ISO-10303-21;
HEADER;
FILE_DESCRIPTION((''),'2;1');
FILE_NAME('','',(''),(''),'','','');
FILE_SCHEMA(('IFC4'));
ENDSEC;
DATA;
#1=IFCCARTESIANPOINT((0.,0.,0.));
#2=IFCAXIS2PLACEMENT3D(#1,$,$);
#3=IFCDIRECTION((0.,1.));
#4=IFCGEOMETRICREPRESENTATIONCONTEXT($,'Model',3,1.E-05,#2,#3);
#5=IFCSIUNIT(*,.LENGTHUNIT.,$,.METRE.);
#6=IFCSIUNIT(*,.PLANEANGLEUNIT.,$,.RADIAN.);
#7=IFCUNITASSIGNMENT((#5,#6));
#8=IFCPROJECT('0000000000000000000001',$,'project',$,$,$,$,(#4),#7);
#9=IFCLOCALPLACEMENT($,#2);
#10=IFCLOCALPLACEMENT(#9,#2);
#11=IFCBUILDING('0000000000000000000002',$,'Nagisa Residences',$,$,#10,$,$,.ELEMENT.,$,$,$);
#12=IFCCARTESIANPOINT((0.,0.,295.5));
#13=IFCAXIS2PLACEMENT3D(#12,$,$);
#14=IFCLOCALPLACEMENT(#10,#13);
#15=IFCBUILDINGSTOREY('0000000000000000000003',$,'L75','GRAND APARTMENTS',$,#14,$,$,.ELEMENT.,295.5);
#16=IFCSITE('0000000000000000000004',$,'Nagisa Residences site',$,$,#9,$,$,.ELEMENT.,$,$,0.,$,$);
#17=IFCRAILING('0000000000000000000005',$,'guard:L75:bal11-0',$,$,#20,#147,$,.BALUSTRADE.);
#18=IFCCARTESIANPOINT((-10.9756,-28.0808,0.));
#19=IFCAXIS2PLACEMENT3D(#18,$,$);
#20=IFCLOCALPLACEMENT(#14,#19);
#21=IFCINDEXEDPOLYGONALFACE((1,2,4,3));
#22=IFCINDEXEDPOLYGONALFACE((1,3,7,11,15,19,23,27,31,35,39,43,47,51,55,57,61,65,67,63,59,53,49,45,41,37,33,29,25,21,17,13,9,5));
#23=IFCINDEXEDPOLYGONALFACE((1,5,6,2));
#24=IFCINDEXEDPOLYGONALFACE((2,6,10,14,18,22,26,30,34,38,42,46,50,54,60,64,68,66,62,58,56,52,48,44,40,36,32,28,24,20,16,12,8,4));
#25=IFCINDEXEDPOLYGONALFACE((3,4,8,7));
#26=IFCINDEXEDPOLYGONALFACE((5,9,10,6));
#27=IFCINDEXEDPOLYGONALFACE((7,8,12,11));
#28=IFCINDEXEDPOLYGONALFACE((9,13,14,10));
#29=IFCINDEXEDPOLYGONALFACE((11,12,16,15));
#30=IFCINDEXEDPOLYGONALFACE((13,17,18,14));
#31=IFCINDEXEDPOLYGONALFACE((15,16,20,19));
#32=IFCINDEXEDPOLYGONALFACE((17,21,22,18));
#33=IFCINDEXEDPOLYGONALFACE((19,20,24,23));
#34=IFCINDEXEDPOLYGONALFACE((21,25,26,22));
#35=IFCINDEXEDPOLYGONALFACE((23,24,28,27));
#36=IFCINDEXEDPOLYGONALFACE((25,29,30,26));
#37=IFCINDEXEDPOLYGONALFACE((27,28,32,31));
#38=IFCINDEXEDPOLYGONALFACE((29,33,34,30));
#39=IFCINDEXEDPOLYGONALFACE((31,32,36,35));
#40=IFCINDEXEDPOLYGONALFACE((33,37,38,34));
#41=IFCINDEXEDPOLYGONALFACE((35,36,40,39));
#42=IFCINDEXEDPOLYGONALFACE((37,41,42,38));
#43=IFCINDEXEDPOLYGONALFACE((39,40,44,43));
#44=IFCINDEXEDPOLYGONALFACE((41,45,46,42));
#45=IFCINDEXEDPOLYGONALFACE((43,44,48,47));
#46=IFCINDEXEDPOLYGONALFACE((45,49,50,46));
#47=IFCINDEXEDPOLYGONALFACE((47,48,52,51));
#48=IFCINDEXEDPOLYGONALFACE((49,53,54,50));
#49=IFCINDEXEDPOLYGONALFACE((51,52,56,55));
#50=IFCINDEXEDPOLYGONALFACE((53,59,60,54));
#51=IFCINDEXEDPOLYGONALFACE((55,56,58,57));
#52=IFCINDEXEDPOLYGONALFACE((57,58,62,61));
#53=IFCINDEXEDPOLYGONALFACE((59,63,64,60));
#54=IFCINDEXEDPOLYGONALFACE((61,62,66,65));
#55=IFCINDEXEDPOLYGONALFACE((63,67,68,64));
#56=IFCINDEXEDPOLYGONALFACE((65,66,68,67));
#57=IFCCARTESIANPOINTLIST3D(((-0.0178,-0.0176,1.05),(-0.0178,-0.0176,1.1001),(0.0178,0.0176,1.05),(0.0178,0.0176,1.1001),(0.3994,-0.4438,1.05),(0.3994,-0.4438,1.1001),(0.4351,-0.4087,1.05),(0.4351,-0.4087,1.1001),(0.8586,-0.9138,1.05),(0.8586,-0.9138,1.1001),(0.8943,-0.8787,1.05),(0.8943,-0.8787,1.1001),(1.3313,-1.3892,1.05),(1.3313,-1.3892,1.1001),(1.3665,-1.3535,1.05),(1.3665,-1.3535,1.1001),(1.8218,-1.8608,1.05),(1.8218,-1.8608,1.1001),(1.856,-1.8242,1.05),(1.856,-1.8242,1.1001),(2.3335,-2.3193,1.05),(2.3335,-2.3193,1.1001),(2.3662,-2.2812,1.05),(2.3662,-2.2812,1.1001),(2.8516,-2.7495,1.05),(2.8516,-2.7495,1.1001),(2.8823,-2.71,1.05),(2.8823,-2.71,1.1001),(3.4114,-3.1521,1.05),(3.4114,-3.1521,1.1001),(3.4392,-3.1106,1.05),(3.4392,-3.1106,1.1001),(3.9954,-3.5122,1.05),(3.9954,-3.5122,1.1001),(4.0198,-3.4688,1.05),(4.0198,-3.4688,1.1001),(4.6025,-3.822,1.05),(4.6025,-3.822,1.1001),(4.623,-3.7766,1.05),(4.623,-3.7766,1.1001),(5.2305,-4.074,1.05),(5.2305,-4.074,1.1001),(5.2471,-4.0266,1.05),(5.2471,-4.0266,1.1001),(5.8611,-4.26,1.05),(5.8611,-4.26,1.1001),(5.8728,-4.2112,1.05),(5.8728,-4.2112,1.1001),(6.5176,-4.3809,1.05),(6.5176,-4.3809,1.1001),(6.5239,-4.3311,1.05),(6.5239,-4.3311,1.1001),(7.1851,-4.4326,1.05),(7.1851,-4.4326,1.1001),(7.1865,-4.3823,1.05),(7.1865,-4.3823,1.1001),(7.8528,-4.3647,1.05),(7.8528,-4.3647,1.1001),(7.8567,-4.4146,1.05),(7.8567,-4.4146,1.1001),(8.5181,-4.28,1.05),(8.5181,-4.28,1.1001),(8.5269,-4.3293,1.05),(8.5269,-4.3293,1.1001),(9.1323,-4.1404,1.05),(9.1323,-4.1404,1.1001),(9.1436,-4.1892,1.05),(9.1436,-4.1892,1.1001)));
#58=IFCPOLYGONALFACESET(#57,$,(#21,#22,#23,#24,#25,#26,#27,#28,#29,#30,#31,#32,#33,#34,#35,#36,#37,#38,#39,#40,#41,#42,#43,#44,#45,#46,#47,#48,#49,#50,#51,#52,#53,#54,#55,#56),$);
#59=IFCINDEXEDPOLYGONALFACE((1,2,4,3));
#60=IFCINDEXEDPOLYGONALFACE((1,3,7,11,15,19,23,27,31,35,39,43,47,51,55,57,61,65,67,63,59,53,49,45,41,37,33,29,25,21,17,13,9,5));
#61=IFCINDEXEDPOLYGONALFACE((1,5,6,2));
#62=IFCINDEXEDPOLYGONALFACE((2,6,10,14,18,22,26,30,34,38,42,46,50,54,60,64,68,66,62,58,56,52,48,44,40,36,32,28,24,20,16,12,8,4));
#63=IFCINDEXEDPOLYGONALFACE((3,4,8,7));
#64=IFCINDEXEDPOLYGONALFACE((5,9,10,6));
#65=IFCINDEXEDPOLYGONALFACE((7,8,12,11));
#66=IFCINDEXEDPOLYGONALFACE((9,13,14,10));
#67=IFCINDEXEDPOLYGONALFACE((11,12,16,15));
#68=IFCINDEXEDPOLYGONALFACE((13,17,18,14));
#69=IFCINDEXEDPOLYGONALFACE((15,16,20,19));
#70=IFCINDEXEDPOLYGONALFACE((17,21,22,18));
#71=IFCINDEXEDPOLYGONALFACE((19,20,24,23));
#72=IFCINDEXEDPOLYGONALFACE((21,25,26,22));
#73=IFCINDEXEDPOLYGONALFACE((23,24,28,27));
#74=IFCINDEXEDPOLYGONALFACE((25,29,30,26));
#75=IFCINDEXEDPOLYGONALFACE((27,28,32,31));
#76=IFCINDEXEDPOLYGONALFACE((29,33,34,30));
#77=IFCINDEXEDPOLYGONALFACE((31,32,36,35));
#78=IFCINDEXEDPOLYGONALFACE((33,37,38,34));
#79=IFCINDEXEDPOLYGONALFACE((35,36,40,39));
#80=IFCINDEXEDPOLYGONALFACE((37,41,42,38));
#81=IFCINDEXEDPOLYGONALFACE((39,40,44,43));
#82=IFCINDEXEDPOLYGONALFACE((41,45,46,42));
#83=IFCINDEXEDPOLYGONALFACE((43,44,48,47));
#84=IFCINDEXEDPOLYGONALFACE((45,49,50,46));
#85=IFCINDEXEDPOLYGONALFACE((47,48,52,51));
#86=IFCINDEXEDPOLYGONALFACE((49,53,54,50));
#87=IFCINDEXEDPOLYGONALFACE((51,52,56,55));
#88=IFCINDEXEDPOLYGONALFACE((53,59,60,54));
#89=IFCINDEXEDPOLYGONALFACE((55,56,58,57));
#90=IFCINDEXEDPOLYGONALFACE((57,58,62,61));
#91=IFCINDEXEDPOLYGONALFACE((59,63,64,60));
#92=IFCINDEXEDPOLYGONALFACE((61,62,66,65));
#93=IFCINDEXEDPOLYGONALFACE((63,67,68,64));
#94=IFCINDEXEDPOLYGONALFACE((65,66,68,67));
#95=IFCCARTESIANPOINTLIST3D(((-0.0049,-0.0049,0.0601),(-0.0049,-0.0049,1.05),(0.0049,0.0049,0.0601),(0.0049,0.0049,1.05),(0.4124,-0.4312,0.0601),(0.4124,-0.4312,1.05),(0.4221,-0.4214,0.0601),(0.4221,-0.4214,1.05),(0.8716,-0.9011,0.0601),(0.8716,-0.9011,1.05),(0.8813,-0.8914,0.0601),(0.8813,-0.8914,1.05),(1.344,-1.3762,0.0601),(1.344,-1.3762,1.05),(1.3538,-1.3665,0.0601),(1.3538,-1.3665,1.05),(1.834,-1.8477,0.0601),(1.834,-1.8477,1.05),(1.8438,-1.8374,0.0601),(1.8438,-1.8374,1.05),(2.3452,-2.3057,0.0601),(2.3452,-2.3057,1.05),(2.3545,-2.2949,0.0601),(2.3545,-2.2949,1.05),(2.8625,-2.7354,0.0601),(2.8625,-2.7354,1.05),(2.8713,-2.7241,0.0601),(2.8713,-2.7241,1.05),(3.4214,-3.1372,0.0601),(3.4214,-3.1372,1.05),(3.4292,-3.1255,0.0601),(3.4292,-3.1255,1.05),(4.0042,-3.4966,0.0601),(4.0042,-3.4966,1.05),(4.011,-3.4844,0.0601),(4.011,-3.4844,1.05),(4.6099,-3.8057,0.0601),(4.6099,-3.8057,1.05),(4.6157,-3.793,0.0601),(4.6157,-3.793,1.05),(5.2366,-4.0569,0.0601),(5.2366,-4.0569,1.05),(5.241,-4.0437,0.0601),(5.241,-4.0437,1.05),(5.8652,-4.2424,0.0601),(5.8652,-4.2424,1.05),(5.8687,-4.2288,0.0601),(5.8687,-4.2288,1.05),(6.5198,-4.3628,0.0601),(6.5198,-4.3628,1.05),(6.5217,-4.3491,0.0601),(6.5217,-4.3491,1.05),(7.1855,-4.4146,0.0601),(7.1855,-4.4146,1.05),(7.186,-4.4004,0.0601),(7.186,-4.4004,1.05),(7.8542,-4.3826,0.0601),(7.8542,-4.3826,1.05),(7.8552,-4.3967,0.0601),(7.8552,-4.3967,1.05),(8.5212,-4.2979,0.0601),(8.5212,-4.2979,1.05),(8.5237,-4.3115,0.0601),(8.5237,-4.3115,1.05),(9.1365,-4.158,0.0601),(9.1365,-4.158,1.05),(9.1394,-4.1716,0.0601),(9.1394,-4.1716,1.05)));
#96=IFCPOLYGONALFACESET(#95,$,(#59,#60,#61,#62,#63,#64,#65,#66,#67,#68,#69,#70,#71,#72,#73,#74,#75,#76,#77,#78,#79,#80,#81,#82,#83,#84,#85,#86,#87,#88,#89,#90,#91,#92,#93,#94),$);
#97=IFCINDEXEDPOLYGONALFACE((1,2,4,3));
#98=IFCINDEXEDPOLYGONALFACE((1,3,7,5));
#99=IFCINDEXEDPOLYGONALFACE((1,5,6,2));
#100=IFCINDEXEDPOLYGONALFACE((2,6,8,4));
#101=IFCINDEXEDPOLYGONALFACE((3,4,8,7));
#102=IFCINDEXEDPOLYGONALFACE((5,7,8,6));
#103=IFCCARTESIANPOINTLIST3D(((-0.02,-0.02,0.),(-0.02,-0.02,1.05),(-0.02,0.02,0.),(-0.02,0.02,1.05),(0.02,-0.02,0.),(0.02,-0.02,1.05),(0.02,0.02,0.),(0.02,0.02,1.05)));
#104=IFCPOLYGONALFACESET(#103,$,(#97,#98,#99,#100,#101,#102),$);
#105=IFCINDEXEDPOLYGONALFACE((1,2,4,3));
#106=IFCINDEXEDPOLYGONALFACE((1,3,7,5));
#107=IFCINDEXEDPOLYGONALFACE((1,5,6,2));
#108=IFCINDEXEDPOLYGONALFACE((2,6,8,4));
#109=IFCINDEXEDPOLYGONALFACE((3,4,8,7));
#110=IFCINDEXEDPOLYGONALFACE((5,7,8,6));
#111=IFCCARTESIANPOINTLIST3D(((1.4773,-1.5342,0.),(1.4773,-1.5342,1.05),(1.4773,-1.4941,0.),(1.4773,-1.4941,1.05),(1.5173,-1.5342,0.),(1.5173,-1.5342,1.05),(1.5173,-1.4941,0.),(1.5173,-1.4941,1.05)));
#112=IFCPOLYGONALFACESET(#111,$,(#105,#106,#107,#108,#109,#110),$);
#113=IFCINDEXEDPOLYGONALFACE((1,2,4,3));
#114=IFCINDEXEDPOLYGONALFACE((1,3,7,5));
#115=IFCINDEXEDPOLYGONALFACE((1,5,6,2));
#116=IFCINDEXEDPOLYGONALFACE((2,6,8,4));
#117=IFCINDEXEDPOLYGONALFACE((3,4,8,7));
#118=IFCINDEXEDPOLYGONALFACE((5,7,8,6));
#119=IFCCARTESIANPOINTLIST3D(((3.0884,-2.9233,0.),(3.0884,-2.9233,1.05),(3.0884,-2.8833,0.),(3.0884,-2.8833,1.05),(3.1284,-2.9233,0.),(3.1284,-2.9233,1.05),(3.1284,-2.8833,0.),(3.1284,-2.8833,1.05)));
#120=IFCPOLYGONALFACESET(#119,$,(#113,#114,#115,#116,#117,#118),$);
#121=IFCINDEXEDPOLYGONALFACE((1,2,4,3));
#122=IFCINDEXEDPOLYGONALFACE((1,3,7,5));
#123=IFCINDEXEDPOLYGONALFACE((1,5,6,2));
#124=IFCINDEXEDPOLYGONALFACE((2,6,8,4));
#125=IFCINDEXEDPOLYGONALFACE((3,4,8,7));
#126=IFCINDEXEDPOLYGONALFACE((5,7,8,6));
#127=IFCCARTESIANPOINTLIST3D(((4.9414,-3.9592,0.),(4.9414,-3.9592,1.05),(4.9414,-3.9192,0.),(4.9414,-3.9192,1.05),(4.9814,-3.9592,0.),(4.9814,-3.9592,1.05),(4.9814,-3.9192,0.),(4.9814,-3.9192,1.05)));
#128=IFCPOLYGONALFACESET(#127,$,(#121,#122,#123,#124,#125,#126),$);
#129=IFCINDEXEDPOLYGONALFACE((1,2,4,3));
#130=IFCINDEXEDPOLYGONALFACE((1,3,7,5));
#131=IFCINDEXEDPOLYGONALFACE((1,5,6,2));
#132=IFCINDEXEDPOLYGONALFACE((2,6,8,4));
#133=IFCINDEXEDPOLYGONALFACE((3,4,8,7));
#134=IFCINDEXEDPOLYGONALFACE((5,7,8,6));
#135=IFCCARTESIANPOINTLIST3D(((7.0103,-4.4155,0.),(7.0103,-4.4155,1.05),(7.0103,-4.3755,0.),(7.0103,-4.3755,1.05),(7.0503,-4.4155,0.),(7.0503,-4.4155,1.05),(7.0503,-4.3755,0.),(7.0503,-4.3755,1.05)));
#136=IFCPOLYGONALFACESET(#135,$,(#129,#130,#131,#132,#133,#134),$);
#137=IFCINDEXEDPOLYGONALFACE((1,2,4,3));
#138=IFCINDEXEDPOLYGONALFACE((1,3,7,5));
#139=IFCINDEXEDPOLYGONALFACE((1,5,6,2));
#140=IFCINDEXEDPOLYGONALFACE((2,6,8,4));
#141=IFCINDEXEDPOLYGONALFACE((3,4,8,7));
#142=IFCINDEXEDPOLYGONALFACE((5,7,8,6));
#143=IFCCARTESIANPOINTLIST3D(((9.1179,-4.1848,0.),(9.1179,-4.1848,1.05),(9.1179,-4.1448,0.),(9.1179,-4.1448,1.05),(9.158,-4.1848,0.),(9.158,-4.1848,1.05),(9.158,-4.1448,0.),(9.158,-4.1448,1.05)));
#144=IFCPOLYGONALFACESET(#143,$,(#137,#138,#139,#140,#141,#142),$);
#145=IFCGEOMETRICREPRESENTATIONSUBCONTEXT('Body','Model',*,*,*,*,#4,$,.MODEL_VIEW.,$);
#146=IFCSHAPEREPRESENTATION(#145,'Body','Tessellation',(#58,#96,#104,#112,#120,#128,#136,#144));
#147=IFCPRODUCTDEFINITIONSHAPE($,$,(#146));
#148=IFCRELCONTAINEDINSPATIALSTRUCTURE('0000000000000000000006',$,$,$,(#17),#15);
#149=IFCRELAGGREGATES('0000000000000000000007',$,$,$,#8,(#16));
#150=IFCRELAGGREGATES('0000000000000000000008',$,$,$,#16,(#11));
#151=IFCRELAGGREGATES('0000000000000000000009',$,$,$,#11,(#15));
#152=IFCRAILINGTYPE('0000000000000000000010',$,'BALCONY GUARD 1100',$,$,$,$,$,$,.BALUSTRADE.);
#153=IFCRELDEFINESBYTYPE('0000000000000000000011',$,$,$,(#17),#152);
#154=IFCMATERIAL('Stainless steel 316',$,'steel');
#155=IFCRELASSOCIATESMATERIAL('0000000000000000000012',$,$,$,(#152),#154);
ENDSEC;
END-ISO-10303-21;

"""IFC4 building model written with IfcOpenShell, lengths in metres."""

from ifc_helpers import new_model, si_unit, direction, frame, origin, origin_2d, place, context, subcontext, project, spatial, polyline, rectangle, outline, extrude, material, type_object, element, save


model = new_model("IFC4")

# Units and contexts
model_context = context("Model", 3, precision=1e-05, world=origin(), true_north=direction((0.0, 1.0)))
body_context = subcontext(model_context, "Body", "Model", "MODEL_VIEW")
ifc_project = project(units=[si_unit("LENGTHUNIT", "METRE"), si_unit("PLANEANGLEUNIT", "RADIAN")], contexts=[model_context])

# Site, building, storey
site_placement = place(None, origin())
site = spatial("IfcSite", under=ifc_project, at=site_placement, Name="Nagisa Residences site", CompositionType="ELEMENT", RefElevation=0.0)
building_placement = place(site_placement, origin())
building = spatial("IfcBuilding", under=site, at=building_placement, Name="Nagisa Residences", CompositionType="ELEMENT")
storey_placement = place(building_placement, frame((0.0, 0.0, 295.5)))
storey = spatial("IfcBuildingStorey", under=building, at=storey_placement, Name="L75", Description="GRAND APARTMENTS", CompositionType="ELEMENT", Elevation=295.5)

# Railing
ifc_material_1 = material(Name="Stainless steel 316", Category="steel")
railing_type = type_object("IfcRailingType", Name="BALCONY GUARD 1100", PredefinedType="BALUSTRADE", material=ifc_material_1)
railing_1_placement = place(storey_placement, frame((-10.9756, -28.0808, 0.0)))
element("IfcRailing", 1, at=railing_1_placement, inside=storey, type_object=railing_type, Name="guard:L75:bal11-0", PredefinedType="BALUSTRADE", context=body_context, shape_type="SweptSolid", body=[
    extrude(outline(polyline([(0.4351, -0.4087), (0.0178, 0.0176), (-0.0178, -0.0176), (0.3994, -0.4438), (0.8586, -0.9138), (1.3313, -1.3892), (1.8218, -1.8608), (2.3335, -2.3193), (2.8516, -2.7495), (3.4114, -3.1521), (3.9954, -3.5122), (4.6025, -3.822), (5.2305, -4.074), (5.8611, -4.26), (6.5176, -4.3809), (7.1851, -4.4326), (7.8567, -4.4146), (8.5269, -4.3293), (9.1436, -4.1892), (9.1323, -4.1404), (8.5181, -4.28), (7.8528, -4.3647), (7.1865, -4.3823), (6.5239, -4.3311), (5.8728, -4.2112), (5.2471, -4.0266), (4.623, -3.7766), (4.0198, -3.4688), (3.4392, -3.1106), (2.8823, -2.71), (2.3662, -2.2812), (1.856, -1.8242), (1.3665, -1.3535), (0.8943, -0.8787), (0.4351, -0.4087)])), frame((0.0, 0.0, 1.05)), (0.0, 0.0, 1.0), 0.05),
    extrude(outline(polyline([(0.4221, -0.4214), (0.0049, 0.0049), (-0.0049, -0.0049), (0.4124, -0.4312), (0.8716, -0.9011), (1.344, -1.3762), (1.834, -1.8477), (2.3452, -2.3057), (2.8625, -2.7354), (3.4214, -3.1372), (4.0042, -3.4966), (4.6099, -3.8057), (5.2366, -4.0569), (5.8652, -4.2424), (6.5198, -4.3628), (7.1855, -4.4146), (7.8552, -4.3967), (8.5237, -4.3115), (9.1394, -4.1716), (9.1365, -4.158), (8.5212, -4.2979), (7.8542, -4.3826), (7.186, -4.4004), (6.5217, -4.3491), (5.8687, -4.2288), (5.241, -4.0437), (4.6157, -3.793), (4.011, -3.4844), (3.4292, -3.1255), (2.8713, -2.7241), (2.3545, -2.2949), (1.8438, -1.8374), (1.3538, -1.3665), (0.8813, -0.8914), (0.4221, -0.4214)])), frame((0.0, 0.0, 0.0601)), (0.0, 0.0, 1.0), 0.99),
    extrude(rectangle(XDim=0.04, YDim=0.04, at=origin_2d()), origin(), (0.0, 0.0, 1.0), 1.05),
    extrude(rectangle(XDim=0.04, YDim=0.04, at=origin_2d()), frame((1.4973, -1.5142, 0.0)), (0.0, 0.0, 1.0), 1.05),
    extrude(rectangle(XDim=0.04, YDim=0.04, at=origin_2d()), frame((3.1084, -2.9033, 0.0)), (0.0, 0.0, 1.0), 1.05),
    extrude(rectangle(XDim=0.04, YDim=0.04, at=origin_2d()), frame((4.9614, -3.9392, 0.0)), (0.0, 0.0, 1.0), 1.05),
    extrude(rectangle(XDim=0.04, YDim=0.04, at=origin_2d()), frame((7.0303, -4.3955, 0.0)), (0.0, 0.0, 1.0), 1.05),
    extrude(rectangle(XDim=0.04, YDim=0.04, at=origin_2d()), frame((9.1379, -4.1648, 0.0)), (0.0, 0.0, 1.0), 1.05),
])

save(model, "model.ifc")
